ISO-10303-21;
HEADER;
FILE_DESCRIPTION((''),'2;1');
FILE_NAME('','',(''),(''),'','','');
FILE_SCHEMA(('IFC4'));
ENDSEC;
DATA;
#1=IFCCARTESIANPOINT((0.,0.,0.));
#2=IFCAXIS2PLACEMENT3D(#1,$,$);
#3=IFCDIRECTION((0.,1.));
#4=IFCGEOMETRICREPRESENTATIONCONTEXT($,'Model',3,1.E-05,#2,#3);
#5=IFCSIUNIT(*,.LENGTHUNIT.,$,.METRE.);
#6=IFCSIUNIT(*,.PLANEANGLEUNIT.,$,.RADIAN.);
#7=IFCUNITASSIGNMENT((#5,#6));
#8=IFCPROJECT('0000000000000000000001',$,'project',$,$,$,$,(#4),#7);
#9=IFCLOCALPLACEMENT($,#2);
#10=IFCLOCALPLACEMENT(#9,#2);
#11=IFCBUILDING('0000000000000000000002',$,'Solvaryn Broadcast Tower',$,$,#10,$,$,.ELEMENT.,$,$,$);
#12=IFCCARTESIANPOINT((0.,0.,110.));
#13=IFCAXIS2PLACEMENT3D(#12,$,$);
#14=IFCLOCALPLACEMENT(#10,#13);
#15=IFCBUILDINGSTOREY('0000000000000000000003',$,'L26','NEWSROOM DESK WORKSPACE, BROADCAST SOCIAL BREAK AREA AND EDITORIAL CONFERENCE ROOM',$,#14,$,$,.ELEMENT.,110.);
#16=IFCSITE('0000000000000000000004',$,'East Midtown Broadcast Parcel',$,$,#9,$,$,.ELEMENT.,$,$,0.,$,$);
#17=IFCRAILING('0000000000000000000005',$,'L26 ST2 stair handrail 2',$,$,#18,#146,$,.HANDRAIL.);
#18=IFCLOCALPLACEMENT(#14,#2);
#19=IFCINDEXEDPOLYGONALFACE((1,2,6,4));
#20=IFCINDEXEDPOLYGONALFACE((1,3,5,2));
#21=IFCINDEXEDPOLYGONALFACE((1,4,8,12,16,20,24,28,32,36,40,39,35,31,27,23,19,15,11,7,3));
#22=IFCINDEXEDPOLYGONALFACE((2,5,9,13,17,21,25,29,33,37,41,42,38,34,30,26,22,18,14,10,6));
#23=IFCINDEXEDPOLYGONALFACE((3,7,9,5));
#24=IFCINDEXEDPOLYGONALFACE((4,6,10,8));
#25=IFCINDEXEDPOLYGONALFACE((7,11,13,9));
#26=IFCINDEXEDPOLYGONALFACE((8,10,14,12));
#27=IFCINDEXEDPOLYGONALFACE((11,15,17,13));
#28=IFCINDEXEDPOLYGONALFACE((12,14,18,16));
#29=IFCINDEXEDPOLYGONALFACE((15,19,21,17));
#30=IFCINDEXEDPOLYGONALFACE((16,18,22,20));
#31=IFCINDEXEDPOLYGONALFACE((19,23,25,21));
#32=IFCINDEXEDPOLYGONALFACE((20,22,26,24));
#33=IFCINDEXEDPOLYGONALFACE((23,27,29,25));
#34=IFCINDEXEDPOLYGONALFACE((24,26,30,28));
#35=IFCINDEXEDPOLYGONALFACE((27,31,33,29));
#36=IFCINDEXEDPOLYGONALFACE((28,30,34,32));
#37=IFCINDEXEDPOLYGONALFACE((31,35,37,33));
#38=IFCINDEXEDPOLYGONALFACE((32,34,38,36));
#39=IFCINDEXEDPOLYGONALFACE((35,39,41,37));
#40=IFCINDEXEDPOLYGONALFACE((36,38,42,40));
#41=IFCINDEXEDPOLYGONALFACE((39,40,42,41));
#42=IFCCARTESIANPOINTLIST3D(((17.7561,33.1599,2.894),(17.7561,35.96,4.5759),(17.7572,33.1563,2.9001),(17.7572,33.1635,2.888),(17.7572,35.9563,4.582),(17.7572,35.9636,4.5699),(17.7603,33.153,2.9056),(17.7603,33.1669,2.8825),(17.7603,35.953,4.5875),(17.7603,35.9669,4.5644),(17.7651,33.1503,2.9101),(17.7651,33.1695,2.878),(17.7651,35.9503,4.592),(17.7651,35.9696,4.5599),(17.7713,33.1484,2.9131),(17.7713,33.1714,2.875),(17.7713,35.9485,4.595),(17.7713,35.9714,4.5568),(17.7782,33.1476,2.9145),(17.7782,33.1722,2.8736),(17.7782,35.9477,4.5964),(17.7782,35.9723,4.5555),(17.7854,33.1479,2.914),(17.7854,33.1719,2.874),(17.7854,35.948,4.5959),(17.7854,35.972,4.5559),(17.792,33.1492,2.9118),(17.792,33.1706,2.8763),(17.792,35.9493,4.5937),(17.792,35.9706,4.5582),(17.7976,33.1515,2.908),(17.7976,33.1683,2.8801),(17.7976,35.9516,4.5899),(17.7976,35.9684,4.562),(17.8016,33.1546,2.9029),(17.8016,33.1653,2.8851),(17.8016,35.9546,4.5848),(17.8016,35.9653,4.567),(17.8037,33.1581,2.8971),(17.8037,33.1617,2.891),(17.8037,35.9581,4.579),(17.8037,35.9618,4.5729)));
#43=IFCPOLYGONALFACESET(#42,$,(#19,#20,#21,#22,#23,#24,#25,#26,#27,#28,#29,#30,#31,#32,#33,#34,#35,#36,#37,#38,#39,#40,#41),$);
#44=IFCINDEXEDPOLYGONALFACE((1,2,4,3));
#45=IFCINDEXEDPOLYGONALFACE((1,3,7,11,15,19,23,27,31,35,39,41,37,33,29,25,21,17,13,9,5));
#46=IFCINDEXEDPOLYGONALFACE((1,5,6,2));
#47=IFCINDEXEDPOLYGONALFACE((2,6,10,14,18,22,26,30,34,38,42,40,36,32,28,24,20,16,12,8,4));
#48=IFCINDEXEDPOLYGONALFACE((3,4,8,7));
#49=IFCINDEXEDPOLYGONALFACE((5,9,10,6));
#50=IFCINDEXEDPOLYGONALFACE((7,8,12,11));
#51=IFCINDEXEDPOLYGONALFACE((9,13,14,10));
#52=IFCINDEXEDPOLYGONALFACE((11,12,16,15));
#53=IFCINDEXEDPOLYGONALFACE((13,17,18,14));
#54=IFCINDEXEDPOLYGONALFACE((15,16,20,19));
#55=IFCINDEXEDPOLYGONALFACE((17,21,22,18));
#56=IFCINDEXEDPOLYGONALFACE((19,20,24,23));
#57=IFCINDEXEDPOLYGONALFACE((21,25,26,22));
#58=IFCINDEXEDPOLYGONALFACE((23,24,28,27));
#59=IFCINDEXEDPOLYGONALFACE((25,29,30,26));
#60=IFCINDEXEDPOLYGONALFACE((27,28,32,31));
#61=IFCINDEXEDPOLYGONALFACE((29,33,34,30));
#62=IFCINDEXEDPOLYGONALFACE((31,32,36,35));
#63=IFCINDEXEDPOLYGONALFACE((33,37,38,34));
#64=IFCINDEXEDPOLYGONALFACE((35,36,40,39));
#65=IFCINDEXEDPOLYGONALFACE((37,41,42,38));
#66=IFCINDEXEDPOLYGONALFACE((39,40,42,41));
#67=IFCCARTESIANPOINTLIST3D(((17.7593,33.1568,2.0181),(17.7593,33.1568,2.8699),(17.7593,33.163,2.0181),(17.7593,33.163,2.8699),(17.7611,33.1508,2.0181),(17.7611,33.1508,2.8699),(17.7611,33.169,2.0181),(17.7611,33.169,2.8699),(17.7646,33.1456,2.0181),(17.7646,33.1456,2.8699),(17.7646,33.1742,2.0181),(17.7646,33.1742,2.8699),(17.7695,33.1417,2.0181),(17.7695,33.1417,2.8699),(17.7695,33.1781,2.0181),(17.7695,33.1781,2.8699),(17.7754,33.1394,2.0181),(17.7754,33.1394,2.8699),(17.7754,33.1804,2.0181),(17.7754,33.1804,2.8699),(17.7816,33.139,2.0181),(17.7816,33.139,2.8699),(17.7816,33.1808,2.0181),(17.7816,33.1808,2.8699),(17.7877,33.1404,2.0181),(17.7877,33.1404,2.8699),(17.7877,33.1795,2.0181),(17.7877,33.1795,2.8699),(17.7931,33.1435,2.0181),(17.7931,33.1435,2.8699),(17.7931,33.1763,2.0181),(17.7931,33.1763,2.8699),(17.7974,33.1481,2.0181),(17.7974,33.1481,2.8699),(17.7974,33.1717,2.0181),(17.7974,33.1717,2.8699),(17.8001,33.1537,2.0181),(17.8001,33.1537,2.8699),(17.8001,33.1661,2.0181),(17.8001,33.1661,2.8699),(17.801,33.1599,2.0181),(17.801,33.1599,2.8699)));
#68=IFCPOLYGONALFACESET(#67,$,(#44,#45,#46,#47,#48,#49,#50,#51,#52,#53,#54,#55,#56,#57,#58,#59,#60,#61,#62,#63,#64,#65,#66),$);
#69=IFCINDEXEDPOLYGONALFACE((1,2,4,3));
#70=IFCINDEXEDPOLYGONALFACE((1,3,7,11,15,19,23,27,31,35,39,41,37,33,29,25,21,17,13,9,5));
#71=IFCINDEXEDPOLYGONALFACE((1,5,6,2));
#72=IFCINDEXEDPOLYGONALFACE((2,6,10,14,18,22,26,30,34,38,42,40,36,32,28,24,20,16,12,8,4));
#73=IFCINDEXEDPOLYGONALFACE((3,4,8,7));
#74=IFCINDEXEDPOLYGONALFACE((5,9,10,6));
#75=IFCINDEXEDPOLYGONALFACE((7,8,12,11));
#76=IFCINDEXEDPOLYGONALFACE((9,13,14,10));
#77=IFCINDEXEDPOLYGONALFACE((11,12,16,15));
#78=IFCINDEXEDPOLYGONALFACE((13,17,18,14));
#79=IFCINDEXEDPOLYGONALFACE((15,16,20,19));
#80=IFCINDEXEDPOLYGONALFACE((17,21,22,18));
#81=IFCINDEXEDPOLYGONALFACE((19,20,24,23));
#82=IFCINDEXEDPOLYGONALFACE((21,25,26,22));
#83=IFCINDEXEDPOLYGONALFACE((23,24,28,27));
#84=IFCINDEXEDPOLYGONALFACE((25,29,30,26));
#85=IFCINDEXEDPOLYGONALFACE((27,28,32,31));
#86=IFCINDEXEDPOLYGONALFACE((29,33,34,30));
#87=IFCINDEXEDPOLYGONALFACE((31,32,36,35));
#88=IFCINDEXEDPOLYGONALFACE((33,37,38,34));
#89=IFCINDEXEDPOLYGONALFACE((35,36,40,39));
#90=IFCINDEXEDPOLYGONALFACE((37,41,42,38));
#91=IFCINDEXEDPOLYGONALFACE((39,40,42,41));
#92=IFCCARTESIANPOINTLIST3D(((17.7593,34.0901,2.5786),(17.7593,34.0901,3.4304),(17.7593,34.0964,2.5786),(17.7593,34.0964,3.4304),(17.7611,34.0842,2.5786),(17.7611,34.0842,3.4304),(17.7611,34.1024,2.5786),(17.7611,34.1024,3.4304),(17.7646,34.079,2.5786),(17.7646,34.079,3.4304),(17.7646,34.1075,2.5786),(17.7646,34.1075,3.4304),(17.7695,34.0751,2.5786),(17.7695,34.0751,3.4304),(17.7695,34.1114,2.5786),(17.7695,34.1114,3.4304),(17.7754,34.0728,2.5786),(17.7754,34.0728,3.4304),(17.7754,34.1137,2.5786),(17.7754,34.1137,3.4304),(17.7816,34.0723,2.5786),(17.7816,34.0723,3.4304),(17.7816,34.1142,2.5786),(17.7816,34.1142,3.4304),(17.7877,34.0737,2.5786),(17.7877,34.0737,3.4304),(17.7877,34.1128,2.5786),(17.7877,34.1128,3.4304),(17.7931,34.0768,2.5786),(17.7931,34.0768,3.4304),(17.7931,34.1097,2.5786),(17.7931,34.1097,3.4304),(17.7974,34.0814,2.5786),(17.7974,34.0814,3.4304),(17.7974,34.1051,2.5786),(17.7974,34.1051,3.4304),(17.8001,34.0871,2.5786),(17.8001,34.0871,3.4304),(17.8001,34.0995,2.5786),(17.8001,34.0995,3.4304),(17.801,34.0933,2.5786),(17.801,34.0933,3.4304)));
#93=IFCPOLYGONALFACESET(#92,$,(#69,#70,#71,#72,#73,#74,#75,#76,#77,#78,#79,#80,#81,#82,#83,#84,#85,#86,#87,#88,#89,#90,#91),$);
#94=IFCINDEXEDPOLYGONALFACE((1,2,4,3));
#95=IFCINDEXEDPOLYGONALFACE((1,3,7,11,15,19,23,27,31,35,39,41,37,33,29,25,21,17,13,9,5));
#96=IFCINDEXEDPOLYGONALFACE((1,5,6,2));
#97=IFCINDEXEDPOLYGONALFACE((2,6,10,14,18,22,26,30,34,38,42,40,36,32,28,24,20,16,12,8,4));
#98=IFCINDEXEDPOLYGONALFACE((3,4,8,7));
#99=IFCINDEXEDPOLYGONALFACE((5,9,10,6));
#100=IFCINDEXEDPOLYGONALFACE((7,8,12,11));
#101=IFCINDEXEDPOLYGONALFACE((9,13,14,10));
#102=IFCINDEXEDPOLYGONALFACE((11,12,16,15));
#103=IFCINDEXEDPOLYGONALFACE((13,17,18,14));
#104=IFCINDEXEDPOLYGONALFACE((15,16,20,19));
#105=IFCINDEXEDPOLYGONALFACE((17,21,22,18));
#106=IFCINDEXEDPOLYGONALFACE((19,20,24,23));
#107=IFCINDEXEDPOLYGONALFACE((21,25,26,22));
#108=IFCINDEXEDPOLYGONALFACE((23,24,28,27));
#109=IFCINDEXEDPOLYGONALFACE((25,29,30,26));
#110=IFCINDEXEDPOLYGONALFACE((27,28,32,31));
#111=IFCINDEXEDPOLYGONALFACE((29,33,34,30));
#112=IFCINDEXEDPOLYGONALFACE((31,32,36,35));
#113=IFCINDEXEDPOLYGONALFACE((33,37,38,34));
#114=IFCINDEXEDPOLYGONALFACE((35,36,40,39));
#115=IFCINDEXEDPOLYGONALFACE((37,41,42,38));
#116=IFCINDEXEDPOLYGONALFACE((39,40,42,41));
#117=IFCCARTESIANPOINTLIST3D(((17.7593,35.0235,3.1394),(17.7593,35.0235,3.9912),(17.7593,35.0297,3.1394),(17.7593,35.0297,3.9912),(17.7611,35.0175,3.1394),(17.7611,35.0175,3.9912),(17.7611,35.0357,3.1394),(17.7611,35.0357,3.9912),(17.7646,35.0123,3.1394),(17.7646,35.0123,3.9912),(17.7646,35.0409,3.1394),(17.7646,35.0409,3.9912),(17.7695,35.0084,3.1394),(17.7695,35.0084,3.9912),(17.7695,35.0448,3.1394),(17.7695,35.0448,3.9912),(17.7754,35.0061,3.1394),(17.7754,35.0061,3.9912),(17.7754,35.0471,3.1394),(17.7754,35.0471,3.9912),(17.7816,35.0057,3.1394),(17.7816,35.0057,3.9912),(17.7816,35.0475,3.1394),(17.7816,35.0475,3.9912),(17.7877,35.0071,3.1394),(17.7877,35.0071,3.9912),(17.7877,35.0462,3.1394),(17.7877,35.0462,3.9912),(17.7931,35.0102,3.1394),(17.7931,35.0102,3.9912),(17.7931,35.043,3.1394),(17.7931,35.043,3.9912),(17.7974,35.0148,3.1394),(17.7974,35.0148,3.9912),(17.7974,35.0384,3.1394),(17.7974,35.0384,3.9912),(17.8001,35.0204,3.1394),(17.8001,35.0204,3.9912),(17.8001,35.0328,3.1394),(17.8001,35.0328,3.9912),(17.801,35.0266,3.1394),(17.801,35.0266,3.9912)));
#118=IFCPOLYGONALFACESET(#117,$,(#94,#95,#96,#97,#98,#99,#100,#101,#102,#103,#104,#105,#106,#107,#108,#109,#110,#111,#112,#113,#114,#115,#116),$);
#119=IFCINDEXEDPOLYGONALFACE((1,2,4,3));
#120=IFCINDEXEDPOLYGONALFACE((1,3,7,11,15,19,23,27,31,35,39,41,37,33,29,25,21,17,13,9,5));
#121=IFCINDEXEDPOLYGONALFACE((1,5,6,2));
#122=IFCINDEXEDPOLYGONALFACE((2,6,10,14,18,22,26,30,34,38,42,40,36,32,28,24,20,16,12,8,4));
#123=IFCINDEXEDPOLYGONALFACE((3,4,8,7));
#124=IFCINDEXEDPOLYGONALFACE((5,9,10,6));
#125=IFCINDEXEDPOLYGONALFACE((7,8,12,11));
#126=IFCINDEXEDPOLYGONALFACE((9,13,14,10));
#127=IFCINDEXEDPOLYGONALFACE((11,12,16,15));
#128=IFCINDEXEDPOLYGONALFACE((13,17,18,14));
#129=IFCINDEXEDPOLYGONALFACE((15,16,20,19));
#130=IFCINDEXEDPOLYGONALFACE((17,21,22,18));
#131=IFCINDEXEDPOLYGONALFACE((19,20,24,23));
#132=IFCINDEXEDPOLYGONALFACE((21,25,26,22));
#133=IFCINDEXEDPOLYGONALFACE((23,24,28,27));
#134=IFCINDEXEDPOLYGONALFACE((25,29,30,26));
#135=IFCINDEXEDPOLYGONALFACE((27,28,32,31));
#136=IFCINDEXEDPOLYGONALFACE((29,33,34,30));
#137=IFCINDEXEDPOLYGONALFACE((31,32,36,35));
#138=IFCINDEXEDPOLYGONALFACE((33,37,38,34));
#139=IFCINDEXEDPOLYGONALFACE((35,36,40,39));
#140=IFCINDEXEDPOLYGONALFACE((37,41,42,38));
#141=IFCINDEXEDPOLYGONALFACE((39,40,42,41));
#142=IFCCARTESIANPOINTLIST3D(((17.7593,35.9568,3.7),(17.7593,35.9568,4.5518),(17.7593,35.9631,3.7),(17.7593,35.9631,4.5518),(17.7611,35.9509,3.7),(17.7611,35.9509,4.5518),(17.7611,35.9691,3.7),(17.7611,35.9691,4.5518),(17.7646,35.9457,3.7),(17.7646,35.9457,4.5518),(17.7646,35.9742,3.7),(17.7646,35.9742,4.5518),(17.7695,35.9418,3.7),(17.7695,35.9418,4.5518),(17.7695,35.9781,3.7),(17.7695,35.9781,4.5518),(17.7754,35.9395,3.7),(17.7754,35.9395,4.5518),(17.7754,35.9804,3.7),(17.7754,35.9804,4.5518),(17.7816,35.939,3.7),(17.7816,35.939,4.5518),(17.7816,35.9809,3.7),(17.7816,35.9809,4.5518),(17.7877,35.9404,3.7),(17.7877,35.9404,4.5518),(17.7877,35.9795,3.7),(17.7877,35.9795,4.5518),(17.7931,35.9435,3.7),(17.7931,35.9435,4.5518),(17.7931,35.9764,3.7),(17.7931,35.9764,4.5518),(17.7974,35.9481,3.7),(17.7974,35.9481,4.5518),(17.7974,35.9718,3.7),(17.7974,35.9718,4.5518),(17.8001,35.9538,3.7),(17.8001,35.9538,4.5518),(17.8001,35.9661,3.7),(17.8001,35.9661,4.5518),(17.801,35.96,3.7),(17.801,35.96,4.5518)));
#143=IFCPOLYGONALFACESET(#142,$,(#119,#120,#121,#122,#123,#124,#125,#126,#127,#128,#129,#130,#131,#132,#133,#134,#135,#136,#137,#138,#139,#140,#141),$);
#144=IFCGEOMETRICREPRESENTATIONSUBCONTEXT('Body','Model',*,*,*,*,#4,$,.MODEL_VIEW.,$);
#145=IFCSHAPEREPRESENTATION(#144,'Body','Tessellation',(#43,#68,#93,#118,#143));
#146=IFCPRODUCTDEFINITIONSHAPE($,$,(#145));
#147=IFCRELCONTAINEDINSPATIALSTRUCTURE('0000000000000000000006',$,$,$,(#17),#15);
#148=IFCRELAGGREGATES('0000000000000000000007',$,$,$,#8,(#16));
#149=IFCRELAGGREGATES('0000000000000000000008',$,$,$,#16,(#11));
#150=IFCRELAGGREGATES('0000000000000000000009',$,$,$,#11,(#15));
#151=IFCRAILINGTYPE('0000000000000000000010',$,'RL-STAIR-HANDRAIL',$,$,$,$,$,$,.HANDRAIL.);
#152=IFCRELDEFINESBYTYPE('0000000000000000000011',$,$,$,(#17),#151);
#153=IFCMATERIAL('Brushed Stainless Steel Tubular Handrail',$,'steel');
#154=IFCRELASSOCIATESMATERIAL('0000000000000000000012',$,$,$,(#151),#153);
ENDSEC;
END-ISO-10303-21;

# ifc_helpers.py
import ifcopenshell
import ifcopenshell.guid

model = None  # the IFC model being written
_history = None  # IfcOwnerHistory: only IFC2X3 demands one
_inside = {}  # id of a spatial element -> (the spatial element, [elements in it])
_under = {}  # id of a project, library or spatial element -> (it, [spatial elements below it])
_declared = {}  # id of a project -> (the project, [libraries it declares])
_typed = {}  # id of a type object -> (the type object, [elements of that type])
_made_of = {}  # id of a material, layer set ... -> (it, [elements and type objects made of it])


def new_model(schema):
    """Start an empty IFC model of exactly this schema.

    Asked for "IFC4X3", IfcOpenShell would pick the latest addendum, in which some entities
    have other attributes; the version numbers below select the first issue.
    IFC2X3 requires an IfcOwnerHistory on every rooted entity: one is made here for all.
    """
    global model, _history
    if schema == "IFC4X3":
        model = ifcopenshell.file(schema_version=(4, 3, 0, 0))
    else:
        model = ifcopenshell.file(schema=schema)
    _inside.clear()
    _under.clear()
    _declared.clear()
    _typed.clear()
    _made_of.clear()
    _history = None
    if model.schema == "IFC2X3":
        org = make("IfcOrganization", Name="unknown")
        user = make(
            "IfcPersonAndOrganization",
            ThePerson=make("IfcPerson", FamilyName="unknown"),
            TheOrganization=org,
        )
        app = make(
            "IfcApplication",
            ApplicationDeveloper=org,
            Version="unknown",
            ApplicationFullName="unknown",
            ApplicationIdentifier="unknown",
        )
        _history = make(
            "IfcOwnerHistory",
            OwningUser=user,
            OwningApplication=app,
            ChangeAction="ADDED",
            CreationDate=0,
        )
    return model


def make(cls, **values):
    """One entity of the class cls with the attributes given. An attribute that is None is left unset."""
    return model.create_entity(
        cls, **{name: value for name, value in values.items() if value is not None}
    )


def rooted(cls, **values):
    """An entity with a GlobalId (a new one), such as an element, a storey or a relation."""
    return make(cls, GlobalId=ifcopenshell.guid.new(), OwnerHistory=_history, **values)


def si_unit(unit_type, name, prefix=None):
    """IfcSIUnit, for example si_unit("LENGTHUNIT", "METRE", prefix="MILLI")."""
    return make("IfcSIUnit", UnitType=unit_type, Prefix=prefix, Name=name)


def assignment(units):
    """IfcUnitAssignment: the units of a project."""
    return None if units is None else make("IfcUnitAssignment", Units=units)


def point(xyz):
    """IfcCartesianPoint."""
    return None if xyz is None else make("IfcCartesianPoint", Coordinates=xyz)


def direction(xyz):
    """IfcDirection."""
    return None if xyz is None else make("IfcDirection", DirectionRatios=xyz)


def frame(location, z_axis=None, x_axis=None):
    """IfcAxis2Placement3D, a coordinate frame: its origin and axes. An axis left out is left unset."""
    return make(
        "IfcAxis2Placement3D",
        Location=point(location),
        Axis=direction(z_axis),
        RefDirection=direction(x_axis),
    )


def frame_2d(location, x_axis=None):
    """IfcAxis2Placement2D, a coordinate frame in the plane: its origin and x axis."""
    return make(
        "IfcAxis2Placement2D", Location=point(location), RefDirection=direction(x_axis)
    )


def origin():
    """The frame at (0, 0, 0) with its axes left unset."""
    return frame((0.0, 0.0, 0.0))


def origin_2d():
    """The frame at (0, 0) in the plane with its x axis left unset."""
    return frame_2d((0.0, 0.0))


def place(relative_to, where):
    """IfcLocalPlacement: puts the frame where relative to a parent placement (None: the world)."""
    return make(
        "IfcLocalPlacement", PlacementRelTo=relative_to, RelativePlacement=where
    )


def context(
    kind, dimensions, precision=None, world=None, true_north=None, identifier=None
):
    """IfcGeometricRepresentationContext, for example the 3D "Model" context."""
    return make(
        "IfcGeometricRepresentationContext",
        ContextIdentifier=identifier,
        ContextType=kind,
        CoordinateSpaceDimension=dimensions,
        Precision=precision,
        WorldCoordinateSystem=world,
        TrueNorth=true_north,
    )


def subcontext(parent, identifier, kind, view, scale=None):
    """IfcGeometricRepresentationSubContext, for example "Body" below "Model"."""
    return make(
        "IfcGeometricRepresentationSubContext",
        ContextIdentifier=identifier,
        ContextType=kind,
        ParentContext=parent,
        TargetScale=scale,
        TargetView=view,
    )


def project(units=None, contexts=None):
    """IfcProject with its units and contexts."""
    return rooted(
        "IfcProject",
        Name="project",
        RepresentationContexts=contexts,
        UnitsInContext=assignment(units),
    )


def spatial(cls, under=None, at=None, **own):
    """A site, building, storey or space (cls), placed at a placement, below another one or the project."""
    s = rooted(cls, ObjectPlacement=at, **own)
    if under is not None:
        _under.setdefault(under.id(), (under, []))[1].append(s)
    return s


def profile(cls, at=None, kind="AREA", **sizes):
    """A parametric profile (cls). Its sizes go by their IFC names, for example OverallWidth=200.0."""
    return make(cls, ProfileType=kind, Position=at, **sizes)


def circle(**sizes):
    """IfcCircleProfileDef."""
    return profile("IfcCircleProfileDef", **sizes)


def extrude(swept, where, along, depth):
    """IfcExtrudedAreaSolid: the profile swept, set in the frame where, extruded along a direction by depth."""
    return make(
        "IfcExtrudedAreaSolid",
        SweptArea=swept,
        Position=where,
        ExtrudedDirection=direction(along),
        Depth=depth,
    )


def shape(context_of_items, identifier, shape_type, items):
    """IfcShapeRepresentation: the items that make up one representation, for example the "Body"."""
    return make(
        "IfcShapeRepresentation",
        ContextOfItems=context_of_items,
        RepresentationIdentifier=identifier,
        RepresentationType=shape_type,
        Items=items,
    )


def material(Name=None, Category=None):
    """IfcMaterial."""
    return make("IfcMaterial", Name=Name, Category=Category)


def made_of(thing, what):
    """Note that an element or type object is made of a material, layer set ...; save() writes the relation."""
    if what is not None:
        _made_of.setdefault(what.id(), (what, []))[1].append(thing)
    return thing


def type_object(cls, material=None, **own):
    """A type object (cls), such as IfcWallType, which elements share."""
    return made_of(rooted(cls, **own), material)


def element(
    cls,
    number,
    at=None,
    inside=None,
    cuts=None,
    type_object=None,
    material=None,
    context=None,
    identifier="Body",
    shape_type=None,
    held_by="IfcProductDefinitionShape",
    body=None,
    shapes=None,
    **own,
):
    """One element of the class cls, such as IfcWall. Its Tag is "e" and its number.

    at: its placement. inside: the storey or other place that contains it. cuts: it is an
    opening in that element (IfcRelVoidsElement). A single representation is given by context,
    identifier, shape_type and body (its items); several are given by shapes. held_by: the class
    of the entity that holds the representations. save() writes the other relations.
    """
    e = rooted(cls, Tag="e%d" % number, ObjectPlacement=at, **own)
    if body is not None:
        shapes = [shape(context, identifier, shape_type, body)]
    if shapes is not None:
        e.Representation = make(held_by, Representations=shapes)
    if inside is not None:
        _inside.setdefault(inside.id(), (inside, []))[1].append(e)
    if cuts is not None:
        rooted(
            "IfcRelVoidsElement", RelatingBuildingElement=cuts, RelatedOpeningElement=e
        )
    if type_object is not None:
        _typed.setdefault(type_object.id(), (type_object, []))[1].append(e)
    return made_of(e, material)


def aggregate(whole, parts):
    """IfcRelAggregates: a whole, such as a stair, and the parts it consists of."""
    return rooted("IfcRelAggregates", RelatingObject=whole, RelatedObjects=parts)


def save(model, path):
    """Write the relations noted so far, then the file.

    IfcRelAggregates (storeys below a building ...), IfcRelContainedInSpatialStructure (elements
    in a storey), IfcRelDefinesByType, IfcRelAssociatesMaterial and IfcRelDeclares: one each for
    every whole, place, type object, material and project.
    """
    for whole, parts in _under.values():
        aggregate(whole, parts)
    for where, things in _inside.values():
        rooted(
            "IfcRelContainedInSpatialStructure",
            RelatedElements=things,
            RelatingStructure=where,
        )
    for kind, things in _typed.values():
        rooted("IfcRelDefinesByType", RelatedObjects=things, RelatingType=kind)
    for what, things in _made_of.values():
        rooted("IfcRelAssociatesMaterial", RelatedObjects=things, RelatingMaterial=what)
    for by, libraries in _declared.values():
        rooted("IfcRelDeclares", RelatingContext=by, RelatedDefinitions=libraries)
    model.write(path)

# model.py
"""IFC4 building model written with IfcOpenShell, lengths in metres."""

from ifc_helpers import new_model, si_unit, direction, frame, origin, origin_2d, place, context, subcontext, project, spatial, circle, extrude, material, type_object, element, save


model = new_model("IFC4")

# Units and contexts
model_context = context("Model", 3, precision=1e-05, world=origin(), true_north=direction((0.0, 1.0)))
body_context = subcontext(model_context, "Body", "Model", "MODEL_VIEW")
ifc_project = project(units=[si_unit("LENGTHUNIT", "METRE"), si_unit("PLANEANGLEUNIT", "RADIAN")], contexts=[model_context])

# Site, building, storey
site_placement = place(None, origin())
site = spatial("IfcSite", under=ifc_project, at=site_placement, Name="East Midtown Broadcast Parcel", CompositionType="ELEMENT", RefElevation=0.0)
building_placement = place(site_placement, origin())
building = spatial("IfcBuilding", under=site, at=building_placement, Name="Solvaryn Broadcast Tower", CompositionType="ELEMENT")
storey_placement = place(building_placement, frame((0.0, 0.0, 110.0)))
storey = spatial("IfcBuildingStorey", under=building, at=storey_placement, Name="L26", Description="NEWSROOM DESK WORKSPACE, BROADCAST SOCIAL BREAK AREA AND EDITORIAL CONFERENCE ROOM", CompositionType="ELEMENT", Elevation=110.0)

# Railing
ifc_material_1 = material(Name="Brushed Stainless Steel Tubular Handrail", Category="steel")
railing_type_1 = type_object("IfcRailingType", Name="RL-STAIR-HANDRAIL", PredefinedType="HANDRAIL", material=ifc_material_1)
railing_1_placement = place(storey_placement, frame((17.78, 33.1599, 2.0181)))
element("IfcRailing", 1, at=railing_1_placement, inside=storey, type_object=railing_type_1, Name="L26 ST2 stair handrail 2", PredefinedType="HANDRAIL", context=body_context, shape_type="SweptSolid", body=[
    extrude(circle(Radius=0.0239, at=origin_2d()), frame((0.0, 0.0, 0.876), z_axis=(0.0, 0.857242, 0.514913), x_axis=(-1.0, 0.0, 0.0)), (0.0, 0.0, 1.0), 3.2664),
    extrude(circle(Radius=0.021, at=origin_2d()), origin(), (0.0, 0.0, 1.0), 0.8518),
    extrude(circle(Radius=0.021, at=origin_2d()), frame((0.0, 0.9333, 0.5605)), (0.0, 0.0, 1.0), 0.8518),
    extrude(circle(Radius=0.021, at=origin_2d()), frame((0.0, 1.8667, 1.1213)), (0.0, 0.0, 1.0), 0.8518),
    extrude(circle(Radius=0.021, at=origin_2d()), frame((0.0, 2.8, 1.6819)), (0.0, 0.0, 1.0), 0.8518),
])

save(model, "model.ifc")
